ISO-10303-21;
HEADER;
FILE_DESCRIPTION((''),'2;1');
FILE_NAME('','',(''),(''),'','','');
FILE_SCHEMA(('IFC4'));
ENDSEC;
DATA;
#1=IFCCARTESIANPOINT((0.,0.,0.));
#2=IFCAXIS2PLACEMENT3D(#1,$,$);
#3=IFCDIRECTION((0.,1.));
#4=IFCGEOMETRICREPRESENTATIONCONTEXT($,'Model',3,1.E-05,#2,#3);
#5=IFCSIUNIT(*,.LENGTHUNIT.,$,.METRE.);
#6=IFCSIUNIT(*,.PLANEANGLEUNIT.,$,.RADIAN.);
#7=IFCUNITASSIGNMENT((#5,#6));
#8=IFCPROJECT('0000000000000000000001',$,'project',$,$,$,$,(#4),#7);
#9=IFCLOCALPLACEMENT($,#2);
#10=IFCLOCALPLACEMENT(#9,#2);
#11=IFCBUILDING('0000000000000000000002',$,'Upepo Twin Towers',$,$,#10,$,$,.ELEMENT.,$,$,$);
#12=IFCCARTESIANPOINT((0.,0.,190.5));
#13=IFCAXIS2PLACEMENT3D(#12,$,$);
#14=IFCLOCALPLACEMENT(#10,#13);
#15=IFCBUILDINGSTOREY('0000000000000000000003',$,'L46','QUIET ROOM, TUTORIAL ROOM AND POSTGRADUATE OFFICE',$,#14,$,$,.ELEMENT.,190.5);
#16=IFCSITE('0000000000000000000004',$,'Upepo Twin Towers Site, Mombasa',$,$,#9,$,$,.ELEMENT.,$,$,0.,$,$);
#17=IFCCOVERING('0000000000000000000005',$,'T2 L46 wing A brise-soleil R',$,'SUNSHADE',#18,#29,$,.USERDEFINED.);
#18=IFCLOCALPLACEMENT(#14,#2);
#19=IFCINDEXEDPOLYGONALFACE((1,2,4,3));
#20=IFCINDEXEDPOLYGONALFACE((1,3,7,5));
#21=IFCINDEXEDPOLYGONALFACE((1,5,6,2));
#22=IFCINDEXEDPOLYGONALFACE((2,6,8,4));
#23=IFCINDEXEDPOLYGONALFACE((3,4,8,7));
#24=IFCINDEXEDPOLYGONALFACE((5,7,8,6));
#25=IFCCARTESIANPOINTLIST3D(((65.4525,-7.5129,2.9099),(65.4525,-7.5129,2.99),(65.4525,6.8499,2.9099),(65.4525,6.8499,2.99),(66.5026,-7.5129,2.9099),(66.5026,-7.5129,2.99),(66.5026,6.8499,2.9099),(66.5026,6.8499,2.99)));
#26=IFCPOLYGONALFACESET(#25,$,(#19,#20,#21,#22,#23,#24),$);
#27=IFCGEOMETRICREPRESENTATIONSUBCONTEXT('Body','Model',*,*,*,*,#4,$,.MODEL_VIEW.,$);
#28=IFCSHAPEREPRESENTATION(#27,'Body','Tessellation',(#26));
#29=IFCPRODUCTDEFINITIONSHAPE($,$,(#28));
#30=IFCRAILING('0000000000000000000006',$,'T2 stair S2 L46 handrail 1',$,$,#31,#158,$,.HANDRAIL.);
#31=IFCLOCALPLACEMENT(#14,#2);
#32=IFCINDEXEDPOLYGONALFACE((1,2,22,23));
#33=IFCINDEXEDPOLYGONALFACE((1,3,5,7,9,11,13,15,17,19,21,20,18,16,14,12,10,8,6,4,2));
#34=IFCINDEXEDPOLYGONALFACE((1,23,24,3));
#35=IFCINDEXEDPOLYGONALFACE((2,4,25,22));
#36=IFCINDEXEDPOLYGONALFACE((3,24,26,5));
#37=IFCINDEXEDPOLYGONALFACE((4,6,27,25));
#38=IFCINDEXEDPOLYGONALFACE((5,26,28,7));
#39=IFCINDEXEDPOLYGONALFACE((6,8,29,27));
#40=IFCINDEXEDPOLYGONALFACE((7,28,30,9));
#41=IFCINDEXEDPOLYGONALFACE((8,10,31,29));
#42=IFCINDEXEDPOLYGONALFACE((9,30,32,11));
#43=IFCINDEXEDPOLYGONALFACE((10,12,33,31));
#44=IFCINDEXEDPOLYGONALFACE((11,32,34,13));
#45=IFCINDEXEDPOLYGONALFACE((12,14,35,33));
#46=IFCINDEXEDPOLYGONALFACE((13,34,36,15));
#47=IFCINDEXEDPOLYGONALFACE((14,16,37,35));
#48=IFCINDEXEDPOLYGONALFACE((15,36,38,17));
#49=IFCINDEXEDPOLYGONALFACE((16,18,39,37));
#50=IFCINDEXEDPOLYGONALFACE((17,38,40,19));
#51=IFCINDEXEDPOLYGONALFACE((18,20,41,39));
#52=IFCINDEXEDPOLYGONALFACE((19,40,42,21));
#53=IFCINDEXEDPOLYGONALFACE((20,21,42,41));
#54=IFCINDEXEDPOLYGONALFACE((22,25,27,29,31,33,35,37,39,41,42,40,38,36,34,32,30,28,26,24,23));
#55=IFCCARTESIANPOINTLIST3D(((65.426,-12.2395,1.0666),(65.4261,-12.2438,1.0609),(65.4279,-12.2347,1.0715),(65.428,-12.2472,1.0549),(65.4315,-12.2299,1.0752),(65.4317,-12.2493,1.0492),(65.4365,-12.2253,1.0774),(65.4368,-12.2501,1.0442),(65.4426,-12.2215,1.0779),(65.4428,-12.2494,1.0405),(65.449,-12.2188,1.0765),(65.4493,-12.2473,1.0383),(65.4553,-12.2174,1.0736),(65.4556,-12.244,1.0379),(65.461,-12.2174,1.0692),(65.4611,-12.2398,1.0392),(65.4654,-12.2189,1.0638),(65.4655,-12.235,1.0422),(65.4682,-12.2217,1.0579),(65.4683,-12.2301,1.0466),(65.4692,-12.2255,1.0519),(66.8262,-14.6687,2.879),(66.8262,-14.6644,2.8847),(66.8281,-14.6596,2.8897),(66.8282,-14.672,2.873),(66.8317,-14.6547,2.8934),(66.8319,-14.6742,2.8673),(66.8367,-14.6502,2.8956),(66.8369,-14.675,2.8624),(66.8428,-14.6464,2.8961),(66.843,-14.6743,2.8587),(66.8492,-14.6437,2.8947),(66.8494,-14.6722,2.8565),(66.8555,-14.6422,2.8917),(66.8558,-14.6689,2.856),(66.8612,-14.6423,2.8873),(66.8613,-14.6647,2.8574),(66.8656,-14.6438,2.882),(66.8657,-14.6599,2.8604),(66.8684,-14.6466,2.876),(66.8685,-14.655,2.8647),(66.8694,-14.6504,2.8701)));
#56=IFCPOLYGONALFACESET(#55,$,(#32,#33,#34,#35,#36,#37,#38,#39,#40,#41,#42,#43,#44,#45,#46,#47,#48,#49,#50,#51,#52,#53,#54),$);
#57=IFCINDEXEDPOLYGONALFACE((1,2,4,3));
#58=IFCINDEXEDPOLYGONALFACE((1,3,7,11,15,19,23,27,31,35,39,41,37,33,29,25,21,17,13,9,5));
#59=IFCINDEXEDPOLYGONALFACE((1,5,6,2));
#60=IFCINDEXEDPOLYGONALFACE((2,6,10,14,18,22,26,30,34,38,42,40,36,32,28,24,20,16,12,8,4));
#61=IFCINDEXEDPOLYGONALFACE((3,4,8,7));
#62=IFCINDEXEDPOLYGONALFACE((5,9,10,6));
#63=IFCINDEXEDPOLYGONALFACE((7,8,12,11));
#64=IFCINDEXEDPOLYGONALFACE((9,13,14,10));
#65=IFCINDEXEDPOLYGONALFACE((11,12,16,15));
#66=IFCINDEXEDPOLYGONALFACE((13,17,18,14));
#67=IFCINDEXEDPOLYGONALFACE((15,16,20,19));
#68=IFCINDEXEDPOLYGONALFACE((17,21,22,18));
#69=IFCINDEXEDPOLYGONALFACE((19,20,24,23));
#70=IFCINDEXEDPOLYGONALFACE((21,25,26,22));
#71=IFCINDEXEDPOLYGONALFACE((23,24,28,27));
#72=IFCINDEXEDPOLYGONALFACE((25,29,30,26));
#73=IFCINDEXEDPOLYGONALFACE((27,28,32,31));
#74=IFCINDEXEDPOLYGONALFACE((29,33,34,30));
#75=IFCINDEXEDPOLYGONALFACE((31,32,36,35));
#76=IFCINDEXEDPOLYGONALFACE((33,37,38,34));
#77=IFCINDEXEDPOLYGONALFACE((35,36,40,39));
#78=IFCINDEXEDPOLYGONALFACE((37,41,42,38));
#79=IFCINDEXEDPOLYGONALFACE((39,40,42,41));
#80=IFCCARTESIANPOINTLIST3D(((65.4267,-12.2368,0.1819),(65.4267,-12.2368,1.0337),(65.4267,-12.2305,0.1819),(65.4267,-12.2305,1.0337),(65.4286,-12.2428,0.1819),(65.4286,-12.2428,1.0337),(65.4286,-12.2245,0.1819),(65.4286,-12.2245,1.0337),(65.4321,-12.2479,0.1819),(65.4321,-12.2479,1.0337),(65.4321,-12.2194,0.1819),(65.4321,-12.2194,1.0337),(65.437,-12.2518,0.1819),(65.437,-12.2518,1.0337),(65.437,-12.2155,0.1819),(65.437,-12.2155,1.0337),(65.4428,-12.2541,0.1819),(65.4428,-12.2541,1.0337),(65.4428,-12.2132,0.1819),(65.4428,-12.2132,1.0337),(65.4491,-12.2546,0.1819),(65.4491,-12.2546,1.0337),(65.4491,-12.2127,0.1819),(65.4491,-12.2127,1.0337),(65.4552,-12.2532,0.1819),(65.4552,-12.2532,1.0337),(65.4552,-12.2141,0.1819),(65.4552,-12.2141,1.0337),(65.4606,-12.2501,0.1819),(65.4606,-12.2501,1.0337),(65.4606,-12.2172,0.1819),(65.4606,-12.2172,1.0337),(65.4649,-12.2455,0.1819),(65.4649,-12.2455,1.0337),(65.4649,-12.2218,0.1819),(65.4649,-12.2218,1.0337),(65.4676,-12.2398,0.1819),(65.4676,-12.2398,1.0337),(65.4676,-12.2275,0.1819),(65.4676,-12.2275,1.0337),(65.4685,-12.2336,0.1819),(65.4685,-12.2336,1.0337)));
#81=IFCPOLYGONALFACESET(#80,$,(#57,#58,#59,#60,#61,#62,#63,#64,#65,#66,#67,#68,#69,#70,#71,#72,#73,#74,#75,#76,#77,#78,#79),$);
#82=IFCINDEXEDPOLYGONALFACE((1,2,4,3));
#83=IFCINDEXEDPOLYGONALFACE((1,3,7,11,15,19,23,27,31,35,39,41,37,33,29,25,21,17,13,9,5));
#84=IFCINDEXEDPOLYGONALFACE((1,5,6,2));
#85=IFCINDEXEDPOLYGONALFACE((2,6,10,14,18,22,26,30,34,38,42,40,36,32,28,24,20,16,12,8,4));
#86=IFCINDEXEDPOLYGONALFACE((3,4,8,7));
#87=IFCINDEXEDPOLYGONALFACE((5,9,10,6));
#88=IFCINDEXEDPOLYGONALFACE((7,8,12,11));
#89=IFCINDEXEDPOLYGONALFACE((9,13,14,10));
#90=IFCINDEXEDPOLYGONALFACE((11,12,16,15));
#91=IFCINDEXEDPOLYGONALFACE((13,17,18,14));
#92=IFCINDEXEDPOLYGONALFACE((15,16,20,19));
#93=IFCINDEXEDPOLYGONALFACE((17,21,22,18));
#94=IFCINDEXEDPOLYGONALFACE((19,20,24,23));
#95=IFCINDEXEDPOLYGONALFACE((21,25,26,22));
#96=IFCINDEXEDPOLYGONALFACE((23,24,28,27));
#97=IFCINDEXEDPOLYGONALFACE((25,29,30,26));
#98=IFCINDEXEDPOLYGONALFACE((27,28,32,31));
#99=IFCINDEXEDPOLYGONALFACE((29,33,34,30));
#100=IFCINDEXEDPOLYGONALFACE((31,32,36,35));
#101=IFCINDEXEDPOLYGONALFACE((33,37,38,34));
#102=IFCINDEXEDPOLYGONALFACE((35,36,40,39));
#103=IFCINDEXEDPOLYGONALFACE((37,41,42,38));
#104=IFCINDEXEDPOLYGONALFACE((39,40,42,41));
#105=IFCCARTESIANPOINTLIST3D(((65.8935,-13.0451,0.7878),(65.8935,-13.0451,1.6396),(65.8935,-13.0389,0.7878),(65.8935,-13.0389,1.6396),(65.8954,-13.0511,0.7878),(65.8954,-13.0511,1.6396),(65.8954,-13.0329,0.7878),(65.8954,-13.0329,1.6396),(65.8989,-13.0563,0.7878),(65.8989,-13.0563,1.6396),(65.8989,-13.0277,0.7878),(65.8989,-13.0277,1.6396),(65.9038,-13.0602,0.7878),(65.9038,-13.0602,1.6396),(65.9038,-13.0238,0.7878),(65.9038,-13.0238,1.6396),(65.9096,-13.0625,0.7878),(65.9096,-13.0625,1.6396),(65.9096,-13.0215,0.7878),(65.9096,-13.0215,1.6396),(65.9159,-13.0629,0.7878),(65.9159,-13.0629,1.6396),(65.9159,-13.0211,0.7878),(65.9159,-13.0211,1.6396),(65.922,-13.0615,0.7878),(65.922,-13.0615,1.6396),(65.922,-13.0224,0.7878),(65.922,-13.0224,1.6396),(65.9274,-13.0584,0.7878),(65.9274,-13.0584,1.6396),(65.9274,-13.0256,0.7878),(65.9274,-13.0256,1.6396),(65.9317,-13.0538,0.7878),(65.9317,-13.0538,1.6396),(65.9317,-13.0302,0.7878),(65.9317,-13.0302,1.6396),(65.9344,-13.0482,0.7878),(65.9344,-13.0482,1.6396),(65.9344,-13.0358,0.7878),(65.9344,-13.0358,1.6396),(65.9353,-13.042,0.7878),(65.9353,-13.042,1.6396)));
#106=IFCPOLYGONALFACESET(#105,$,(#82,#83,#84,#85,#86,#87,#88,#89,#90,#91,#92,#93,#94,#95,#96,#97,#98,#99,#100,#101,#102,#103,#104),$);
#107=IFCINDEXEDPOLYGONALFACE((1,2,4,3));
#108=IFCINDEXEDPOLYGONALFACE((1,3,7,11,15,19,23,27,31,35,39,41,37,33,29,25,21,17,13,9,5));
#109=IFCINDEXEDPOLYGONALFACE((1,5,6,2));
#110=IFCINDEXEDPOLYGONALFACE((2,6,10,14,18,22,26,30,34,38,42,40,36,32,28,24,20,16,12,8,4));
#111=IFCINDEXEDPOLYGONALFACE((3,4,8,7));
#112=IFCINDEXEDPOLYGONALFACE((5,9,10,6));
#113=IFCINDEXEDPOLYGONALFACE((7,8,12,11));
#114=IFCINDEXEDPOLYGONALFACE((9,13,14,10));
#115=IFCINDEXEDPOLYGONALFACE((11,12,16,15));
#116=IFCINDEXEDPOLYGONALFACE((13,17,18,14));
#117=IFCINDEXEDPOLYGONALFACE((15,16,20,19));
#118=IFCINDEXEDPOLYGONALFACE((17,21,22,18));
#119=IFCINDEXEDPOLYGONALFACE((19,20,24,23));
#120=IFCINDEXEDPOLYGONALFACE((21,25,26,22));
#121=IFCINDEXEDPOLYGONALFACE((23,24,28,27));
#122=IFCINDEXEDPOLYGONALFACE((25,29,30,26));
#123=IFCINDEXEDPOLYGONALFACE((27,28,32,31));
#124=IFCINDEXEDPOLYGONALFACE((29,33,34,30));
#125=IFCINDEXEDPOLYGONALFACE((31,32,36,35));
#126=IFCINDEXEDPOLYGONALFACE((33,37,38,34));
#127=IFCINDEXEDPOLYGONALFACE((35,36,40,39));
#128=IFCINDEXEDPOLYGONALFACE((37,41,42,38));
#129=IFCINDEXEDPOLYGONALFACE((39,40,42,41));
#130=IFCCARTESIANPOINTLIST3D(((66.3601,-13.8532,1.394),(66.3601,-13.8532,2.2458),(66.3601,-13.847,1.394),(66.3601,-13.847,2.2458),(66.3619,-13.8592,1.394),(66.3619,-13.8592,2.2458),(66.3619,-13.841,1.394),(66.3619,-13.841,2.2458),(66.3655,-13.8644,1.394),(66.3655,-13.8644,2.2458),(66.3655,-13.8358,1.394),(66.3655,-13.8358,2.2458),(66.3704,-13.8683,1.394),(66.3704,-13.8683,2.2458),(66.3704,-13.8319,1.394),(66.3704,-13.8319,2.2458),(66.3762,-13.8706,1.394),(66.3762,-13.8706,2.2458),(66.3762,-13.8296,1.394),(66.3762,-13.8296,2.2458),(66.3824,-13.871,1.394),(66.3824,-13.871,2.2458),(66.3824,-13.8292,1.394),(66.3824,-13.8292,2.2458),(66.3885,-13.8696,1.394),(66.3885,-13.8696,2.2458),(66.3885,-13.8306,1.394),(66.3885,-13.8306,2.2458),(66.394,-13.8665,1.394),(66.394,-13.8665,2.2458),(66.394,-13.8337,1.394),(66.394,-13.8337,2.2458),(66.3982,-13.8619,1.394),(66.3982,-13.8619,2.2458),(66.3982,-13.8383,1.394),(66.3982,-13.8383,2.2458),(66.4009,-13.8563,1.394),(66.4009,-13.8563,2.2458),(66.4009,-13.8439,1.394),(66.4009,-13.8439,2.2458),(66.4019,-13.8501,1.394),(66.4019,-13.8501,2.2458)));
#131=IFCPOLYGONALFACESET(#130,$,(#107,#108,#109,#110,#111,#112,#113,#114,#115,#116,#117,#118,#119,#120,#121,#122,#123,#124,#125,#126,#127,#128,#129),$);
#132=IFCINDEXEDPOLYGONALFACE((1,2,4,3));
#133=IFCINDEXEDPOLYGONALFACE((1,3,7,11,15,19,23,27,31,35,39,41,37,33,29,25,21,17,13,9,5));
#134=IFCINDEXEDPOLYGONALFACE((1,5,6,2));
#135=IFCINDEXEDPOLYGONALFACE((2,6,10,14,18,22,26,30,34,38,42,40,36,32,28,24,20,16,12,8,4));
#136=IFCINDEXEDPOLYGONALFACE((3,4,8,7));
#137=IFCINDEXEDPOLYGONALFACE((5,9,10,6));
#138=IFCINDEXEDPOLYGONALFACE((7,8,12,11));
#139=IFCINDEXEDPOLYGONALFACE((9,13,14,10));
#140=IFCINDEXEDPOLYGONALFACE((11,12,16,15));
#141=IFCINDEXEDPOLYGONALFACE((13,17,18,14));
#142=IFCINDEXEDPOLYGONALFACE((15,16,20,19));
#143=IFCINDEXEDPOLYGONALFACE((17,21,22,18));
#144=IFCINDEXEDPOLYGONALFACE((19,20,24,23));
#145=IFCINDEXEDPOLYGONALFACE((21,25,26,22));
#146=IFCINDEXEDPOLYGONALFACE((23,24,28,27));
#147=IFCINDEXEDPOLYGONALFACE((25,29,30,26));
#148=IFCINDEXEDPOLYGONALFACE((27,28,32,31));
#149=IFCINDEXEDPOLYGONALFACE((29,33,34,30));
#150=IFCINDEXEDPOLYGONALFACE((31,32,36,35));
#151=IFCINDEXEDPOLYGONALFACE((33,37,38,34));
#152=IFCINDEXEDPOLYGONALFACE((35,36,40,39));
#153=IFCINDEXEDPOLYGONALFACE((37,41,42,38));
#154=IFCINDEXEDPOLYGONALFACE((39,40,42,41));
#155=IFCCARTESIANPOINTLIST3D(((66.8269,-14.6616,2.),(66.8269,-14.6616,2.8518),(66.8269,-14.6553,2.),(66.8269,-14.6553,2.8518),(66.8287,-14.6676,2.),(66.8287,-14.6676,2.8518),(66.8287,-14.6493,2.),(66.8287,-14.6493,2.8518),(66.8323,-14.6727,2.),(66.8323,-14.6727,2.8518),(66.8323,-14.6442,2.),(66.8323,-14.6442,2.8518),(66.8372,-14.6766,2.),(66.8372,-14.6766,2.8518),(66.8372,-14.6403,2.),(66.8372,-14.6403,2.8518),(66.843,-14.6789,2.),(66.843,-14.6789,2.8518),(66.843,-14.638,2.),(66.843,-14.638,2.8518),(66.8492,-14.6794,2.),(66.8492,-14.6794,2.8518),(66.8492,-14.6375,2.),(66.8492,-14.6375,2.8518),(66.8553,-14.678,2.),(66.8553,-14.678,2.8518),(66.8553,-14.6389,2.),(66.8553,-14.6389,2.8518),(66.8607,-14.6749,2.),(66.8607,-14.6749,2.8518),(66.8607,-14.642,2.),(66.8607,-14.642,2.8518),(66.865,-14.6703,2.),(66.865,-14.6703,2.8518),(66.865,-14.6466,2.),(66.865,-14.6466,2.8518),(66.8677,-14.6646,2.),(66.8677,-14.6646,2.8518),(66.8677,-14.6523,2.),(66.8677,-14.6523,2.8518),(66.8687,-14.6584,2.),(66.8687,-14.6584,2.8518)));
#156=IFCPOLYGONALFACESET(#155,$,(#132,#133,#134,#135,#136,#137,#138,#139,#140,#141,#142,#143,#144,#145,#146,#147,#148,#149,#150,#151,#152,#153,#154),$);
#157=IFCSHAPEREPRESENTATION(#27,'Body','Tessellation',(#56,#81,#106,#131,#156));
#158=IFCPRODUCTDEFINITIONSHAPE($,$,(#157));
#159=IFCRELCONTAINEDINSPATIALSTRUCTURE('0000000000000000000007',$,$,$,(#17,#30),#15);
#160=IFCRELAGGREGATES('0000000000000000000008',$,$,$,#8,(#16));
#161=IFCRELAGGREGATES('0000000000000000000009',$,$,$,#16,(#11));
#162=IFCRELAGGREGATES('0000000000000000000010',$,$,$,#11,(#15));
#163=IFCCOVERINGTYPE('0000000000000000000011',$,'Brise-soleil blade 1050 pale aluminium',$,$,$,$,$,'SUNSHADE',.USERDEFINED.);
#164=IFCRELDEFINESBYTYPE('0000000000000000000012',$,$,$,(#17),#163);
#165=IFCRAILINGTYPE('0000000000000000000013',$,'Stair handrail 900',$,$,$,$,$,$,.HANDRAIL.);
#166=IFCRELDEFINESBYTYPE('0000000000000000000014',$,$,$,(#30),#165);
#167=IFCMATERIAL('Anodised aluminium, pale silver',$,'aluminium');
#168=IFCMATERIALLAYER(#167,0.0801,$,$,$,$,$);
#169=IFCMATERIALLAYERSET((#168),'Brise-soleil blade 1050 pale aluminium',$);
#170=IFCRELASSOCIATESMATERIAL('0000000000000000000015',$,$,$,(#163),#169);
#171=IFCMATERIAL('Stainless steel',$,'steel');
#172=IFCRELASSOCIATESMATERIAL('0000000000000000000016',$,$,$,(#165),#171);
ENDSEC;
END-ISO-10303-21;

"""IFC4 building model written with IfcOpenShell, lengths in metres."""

from ifc_helpers import new_model, si_unit, direction, frame, origin, origin_2d, place, context, subcontext, project, spatial, rectangle, circle, extrude, material, layer, layer_set, type_object, element, save


model = new_model("IFC4")

# Units and contexts
model_context = context("Model", 3, precision=1e-05, world=origin(), true_north=direction((0.0, 1.0)))
body_context = subcontext(model_context, "Body", "Model", "MODEL_VIEW")
ifc_project = project(units=[si_unit("LENGTHUNIT", "METRE"), si_unit("PLANEANGLEUNIT", "RADIAN")], contexts=[model_context])

# Site, building, storey
site_placement = place(None, origin())
site = spatial("IfcSite", under=ifc_project, at=site_placement, Name="Upepo Twin Towers Site, Mombasa", CompositionType="ELEMENT", RefElevation=0.0)
building_placement = place(site_placement, origin())
building = spatial("IfcBuilding", under=site, at=building_placement, Name="Upepo Twin Towers", CompositionType="ELEMENT")
storey_placement = place(building_placement, frame((0.0, 0.0, 190.5)))
storey = spatial("IfcBuildingStorey", under=building, at=storey_placement, Name="L46", Description="QUIET ROOM, TUTORIAL ROOM AND POSTGRADUATE OFFICE", CompositionType="ELEMENT", Elevation=190.5)

# Covering
ifc_material_1 = material(Name="Anodised aluminium, pale silver", Category="aluminium")
ifc_layer_1 = layer(ifc_material_1, 0.0801)
ifc_layer_set_1 = layer_set([ifc_layer_1], Name="Brise-soleil blade 1050 pale aluminium")
covering_type = type_object("IfcCoveringType", Name="Brise-soleil blade 1050 pale aluminium", ElementType="SUNSHADE", PredefinedType="USERDEFINED", material=ifc_layer_set_1)
covering_placement = place(storey_placement, frame((65.9775, -0.3315, 2.9099), z_axis=(0.0, 0.0, 1.0), x_axis=(0.0, 1.0, 0.0)))
element("IfcCovering", 1, at=covering_placement, inside=storey, type_object=covering_type, Name="T2 L46 wing A brise-soleil R", ObjectType="SUNSHADE", PredefinedType="USERDEFINED", context=body_context, shape_type="SweptSolid", body=[
    extrude(rectangle(XDim=14.3628, YDim=1.05, at=origin_2d()), origin(), (0.0, 0.0, 1.0), 0.0801),
])

# Railing
ifc_material_2 = material(Name="Stainless steel", Category="steel")
railing_type = type_object("IfcRailingType", Name="Stair handrail 900", PredefinedType="HANDRAIL", material=ifc_material_2)
railing_1_placement = place(storey_placement, frame((65.4475, -12.2336, 0.1819)))
element("IfcRailing", 2, at=railing_1_placement, inside=storey, type_object=railing_type, Name="T2 stair S2 L46 handrail 1", PredefinedType="HANDRAIL", context=body_context, shape_type="SweptSolid", body=[
    extrude(circle(Radius=0.0239, at=origin_2d()), frame((0.0, 0.0, 0.876), z_axis=(0.419393, -0.726314, 0.544589), x_axis=(0.865997, 0.50005, 0.0)), (0.0, 0.0, 1.0), 3.3386),
    extrude(circle(Radius=0.021, at=origin_2d()), origin(), (0.0, 0.0, 1.0), 0.8518),
    extrude(circle(Radius=0.021, at=origin_2d()), frame((0.4668, -0.8083, 0.606)), (0.0, 0.0, 1.0), 0.8518),
    extrude(circle(Radius=0.021, at=origin_2d()), frame((0.9333, -1.6165, 1.2122)), (0.0, 0.0, 1.0), 0.8518),
    extrude(circle(Radius=0.021, at=origin_2d()), frame((1.4001, -2.4248, 1.8181)), (0.0, 0.0, 1.0), 0.8518),
])

save(model, "model.ifc")
